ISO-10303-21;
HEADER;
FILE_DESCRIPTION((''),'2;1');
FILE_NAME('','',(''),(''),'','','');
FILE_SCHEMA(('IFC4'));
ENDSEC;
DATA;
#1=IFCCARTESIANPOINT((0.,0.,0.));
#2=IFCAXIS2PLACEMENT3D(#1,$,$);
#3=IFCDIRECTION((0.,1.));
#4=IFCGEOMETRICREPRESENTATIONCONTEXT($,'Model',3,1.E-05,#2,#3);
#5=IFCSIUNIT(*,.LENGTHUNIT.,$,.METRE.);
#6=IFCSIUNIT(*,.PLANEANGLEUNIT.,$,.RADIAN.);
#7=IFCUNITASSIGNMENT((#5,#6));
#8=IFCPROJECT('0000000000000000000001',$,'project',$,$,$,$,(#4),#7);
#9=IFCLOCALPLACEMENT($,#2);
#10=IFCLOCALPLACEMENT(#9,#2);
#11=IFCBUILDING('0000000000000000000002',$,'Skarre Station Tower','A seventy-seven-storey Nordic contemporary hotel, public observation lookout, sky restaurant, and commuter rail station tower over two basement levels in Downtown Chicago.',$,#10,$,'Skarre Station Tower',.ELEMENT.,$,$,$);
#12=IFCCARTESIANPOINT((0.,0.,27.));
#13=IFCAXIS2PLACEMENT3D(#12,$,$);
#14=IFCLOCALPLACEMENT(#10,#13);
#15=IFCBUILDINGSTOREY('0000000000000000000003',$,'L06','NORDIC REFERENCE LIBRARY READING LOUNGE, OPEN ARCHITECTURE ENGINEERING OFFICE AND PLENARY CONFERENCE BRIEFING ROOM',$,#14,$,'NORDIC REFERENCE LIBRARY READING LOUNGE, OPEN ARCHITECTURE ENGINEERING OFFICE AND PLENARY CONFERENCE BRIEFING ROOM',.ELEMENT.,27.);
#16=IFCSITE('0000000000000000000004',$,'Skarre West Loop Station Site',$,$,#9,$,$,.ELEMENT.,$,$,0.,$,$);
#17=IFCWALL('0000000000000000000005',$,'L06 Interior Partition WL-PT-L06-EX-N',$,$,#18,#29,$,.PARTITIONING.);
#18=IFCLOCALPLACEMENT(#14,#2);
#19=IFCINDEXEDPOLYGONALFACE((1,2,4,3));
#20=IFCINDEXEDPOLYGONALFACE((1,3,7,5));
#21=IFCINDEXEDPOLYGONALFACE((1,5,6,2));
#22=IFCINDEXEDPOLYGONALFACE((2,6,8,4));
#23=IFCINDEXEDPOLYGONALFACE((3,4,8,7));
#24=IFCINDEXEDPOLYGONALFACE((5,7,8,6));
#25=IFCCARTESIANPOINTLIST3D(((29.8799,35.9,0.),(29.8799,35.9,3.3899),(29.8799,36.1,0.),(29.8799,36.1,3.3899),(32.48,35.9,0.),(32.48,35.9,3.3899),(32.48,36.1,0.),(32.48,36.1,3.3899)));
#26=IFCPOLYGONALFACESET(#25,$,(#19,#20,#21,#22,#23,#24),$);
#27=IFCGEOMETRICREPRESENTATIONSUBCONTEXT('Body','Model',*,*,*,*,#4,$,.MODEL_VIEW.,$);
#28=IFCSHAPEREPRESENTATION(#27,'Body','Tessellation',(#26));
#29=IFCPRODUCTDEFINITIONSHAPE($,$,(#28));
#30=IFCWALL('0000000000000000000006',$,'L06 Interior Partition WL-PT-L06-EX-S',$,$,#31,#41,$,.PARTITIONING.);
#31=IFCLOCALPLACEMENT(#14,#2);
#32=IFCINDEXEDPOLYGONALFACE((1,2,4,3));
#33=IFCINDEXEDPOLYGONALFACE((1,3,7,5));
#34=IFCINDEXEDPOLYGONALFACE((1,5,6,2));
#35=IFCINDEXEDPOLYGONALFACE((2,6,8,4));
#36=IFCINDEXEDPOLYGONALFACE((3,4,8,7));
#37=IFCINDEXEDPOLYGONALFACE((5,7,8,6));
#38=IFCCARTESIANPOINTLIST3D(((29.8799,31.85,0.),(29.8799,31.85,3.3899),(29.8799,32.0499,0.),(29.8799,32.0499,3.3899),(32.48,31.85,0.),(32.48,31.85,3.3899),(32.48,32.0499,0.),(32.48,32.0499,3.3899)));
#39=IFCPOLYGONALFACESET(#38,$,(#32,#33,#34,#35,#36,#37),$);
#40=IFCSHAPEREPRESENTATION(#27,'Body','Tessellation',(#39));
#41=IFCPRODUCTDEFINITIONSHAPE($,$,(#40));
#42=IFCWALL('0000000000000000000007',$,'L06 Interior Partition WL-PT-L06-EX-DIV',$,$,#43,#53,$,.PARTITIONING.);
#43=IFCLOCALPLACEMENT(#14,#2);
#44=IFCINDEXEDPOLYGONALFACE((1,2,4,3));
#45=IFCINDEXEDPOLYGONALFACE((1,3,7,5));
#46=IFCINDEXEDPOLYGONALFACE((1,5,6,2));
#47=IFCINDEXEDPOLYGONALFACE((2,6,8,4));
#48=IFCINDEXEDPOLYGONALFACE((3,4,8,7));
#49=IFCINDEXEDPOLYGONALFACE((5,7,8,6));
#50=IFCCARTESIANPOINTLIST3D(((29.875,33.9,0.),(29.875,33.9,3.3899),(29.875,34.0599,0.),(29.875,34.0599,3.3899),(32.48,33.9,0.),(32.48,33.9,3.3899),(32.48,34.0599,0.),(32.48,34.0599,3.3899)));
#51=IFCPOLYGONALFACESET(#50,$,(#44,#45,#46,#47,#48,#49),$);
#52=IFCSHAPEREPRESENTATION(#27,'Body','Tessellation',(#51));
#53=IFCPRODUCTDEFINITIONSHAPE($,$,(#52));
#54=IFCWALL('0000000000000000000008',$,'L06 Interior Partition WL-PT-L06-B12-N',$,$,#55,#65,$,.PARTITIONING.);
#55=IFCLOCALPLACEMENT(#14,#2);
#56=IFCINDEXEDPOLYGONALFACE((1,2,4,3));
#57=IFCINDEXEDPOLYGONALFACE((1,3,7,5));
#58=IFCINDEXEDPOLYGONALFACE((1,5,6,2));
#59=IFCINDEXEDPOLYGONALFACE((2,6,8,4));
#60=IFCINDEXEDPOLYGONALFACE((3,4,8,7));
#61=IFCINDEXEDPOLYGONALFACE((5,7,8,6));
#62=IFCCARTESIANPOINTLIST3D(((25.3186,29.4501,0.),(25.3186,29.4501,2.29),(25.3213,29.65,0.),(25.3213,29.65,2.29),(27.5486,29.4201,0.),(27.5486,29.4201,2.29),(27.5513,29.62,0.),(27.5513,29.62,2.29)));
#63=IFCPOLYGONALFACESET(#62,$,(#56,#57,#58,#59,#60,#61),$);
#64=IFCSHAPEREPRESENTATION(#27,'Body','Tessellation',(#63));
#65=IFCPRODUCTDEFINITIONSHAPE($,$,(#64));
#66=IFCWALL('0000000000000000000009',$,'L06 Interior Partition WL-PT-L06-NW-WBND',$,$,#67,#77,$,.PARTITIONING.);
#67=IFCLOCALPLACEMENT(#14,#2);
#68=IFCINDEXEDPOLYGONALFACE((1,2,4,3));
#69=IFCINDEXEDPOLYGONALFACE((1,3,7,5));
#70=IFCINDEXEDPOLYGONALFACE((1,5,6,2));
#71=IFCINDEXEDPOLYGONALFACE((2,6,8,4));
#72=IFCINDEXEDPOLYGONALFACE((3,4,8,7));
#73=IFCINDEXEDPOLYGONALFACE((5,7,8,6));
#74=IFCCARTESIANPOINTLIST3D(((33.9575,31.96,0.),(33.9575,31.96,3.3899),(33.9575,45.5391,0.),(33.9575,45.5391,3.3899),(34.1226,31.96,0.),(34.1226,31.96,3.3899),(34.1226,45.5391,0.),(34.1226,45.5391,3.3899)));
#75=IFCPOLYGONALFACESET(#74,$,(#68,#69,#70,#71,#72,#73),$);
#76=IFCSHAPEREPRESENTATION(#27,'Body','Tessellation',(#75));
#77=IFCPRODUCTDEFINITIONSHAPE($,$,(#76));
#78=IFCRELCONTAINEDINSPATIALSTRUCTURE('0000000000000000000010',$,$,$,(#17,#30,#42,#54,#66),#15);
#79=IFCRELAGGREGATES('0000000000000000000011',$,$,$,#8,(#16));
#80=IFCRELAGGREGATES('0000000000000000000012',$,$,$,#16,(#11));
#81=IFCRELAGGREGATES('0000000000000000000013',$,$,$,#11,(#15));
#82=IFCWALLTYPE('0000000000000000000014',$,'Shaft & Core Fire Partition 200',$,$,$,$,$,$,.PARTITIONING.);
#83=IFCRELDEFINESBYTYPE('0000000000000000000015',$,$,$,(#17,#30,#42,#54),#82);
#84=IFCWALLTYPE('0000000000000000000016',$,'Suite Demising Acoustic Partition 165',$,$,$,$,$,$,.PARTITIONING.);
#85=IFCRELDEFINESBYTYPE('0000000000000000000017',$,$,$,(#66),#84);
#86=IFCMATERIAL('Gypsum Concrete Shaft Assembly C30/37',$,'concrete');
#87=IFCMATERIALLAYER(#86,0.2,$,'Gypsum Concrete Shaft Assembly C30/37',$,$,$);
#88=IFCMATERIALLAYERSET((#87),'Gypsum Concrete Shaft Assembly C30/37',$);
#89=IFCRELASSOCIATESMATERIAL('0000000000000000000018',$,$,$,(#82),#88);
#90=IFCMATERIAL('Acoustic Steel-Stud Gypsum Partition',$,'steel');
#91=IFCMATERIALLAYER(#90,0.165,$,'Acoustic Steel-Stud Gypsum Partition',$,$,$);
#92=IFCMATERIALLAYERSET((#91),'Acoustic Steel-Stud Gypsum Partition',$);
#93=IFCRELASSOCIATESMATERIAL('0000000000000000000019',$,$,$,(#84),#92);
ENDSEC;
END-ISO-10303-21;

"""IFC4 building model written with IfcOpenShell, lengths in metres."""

from ifc_helpers import new_model, si_unit, direction, frame, frame_2d, origin, place, context, subcontext, project, spatial, rectangle, extrude, material, layer, layer_set, type_object, element, save


model = new_model("IFC4")

# Units and contexts
model_context = context("Model", 3, precision=1e-05, world=origin(), true_north=direction((0.0, 1.0)))
body_context = subcontext(model_context, "Body", "Model", "MODEL_VIEW")
ifc_project = project(units=[si_unit("LENGTHUNIT", "METRE"), si_unit("PLANEANGLEUNIT", "RADIAN")], contexts=[model_context])

# Site, building, storey
site_placement = place(None, origin())
site = spatial("IfcSite", under=ifc_project, at=site_placement, Name="Skarre West Loop Station Site", CompositionType="ELEMENT", RefElevation=0.0)
building_placement = place(site_placement, origin())
building = spatial("IfcBuilding", under=site, at=building_placement, Name="Skarre Station Tower", Description="A seventy-seven-storey Nordic contemporary hotel, public observation lookout, sky restaurant, and commuter rail station tower over two basement levels in Downtown Chicago.", LongName="Skarre Station Tower", CompositionType="ELEMENT")
storey_placement = place(building_placement, frame((0.0, 0.0, 27.0)))
storey = spatial("IfcBuildingStorey", under=building, at=storey_placement, Name="L06", Description="NORDIC REFERENCE LIBRARY READING LOUNGE, OPEN ARCHITECTURE ENGINEERING OFFICE AND PLENARY CONFERENCE BRIEFING ROOM", LongName="NORDIC REFERENCE LIBRARY READING LOUNGE, OPEN ARCHITECTURE ENGINEERING OFFICE AND PLENARY CONFERENCE BRIEFING ROOM", CompositionType="ELEMENT", Elevation=27.0)

# Shared definitions
ifc_material_1 = material(Name="Acoustic Steel-Stud Gypsum Partition", Category="steel")

# Walls
ifc_material_2 = material(Name="Gypsum Concrete Shaft Assembly C30/37", Category="concrete")
ifc_layer_1 = layer(ifc_material_2, 0.2, Name="Gypsum Concrete Shaft Assembly C30/37")
ifc_layer_set_1 = layer_set([ifc_layer_1], Name="Gypsum Concrete Shaft Assembly C30/37")
wall_type_1 = type_object("IfcWallType", Name="Shaft & Core Fire Partition 200", PredefinedType="PARTITIONING", material=ifc_layer_set_1)
for number, where, z_axis, x_axis, name in (
    (1, (29.8799, 36.0, 0.0), (0.0, 0.0, 1.0), (1.0, 0.0, 0.0), "L06 Interior Partition WL-PT-L06-EX-N"),
    (2, (32.48, 31.95, 0.0), (0.0, 0.0, 1.0), (-1.0, 0.0, 0.0), "L06 Interior Partition WL-PT-L06-EX-S"),
):
    element("IfcWall", number, at=place(storey_placement, frame(where, z_axis=z_axis, x_axis=x_axis)), inside=storey, type_object=wall_type_1, Name=name, PredefinedType="PARTITIONING", context=body_context, shape_type="SweptSolid", body=[
        extrude(rectangle(XDim=2.6001, YDim=0.2, at=frame_2d((1.3, 0.0))), origin(), (0.0, 0.0, 1.0), 3.3899),
    ])
wall_1_placement = place(storey_placement, frame((29.875, 33.98, 0.0), z_axis=(0.0, 0.0, 1.0), x_axis=(1.0, 0.0, 0.0)))
element("IfcWall", 3, at=wall_1_placement, inside=storey, type_object=wall_type_1, Name="L06 Interior Partition WL-PT-L06-EX-DIV", PredefinedType="PARTITIONING", context=body_context, shape_type="SweptSolid", body=[
    extrude(rectangle(XDim=2.605, YDim=0.1599, at=frame_2d((1.3025, 0.0))), origin(), (0.0, 0.0, 1.0), 3.3899),
])
wall_2_placement = place(storey_placement, frame((27.55, 29.52, 0.0), z_axis=(0.0, 0.0, 1.0), x_axis=(-0.999909, 0.013465, 0.0)))
element("IfcWall", 4, at=wall_2_placement, inside=storey, type_object=wall_type_1, Name="L06 Interior Partition WL-PT-L06-B12-N", PredefinedType="PARTITIONING", context=body_context, shape_type="SweptSolid", body=[
    extrude(rectangle(XDim=2.2302, YDim=0.2, at=frame_2d((1.1152, 0.0))), origin(), (0.0, 0.0, 1.0), 2.29),
])
ifc_layer_2 = layer(ifc_material_1, 0.165, Name="Acoustic Steel-Stud Gypsum Partition")
ifc_layer_set_2 = layer_set([ifc_layer_2], Name="Acoustic Steel-Stud Gypsum Partition")
wall_type_2 = type_object("IfcWallType", Name="Suite Demising Acoustic Partition 165", PredefinedType="PARTITIONING", material=ifc_layer_set_2)
wall_3_placement = place(storey_placement, frame((34.04, 31.96, 0.0), z_axis=(0.0, 0.0, 1.0), x_axis=(0.0, 1.0, 0.0)))
element("IfcWall", 5, at=wall_3_placement, inside=storey, type_object=wall_type_2, Name="L06 Interior Partition WL-PT-L06-NW-WBND", PredefinedType="PARTITIONING", context=body_context, shape_type="SweptSolid", body=[
    extrude(rectangle(XDim=13.5791, YDim=0.165, at=frame_2d((6.7896, 0.0))), origin(), (0.0, 0.0, 1.0), 3.3899),
])

save(model, "model.ifc")
